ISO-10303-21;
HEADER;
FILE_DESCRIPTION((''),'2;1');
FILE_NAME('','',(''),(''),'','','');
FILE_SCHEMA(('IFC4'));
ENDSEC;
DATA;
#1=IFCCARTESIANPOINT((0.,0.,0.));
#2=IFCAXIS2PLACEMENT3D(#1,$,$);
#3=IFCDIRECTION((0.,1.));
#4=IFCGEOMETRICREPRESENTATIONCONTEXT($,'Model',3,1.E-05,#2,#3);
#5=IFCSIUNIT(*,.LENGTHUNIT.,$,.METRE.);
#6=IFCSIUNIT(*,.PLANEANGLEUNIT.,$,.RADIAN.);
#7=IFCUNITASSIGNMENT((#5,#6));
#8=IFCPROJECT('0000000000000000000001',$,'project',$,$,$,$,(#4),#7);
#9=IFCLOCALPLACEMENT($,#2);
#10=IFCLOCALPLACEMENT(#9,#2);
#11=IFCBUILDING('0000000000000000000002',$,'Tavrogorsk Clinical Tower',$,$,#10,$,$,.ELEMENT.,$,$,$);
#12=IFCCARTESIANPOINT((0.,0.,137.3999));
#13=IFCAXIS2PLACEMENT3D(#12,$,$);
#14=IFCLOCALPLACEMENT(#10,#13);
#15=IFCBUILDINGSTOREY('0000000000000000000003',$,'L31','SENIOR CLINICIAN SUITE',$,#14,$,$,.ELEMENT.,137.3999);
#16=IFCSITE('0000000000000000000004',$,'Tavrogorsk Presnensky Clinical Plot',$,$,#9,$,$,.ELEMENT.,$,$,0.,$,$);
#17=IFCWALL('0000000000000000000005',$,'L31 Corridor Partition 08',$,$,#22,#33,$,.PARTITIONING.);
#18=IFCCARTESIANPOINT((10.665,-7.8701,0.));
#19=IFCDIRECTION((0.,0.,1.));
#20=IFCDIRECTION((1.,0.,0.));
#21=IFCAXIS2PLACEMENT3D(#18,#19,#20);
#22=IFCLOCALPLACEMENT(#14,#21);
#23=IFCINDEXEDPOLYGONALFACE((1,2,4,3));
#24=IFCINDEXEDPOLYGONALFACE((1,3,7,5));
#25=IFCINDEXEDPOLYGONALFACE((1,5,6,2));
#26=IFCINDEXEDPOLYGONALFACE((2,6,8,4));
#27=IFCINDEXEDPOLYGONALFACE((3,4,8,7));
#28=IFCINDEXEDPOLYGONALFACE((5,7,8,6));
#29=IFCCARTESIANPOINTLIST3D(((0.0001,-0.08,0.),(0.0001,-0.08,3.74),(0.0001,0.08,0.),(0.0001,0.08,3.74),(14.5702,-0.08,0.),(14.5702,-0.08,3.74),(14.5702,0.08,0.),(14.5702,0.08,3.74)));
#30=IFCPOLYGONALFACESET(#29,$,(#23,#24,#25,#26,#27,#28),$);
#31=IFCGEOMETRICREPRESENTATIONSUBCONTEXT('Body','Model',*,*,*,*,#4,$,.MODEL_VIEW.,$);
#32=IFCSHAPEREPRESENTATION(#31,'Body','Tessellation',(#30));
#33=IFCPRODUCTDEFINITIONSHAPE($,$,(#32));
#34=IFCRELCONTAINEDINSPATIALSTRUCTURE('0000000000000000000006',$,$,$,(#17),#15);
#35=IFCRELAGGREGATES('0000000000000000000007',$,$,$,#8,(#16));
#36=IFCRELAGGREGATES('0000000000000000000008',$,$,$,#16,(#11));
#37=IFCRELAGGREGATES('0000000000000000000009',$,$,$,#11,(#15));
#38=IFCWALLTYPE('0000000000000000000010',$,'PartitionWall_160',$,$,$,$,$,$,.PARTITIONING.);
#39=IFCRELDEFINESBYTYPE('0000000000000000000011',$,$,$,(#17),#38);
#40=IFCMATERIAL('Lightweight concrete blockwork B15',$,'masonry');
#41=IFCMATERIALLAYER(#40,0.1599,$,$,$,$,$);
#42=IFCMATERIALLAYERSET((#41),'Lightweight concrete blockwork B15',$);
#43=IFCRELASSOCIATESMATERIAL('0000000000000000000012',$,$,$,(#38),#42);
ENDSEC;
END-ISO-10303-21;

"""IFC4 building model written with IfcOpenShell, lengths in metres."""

from ifc_helpers import new_model, si_unit, direction, frame, frame_2d, origin, place, context, subcontext, project, spatial, rectangle, extrude, material, layer, layer_set, type_object, element, save


model = new_model("IFC4")

# Units and contexts
model_context = context("Model", 3, precision=1e-05, world=origin(), true_north=direction((0.0, 1.0)))
body_context = subcontext(model_context, "Body", "Model", "MODEL_VIEW")
ifc_project = project(units=[si_unit("LENGTHUNIT", "METRE"), si_unit("PLANEANGLEUNIT", "RADIAN")], contexts=[model_context])

# Site, building, storey
site_placement = place(None, origin())
site = spatial("IfcSite", under=ifc_project, at=site_placement, Name="Tavrogorsk Presnensky Clinical Plot", CompositionType="ELEMENT", RefElevation=0.0)
building_placement = place(site_placement, origin())
building = spatial("IfcBuilding", under=site, at=building_placement, Name="Tavrogorsk Clinical Tower", CompositionType="ELEMENT")
storey_placement = place(building_placement, frame((0.0, 0.0, 137.3999)))
storey = spatial("IfcBuildingStorey", under=building, at=storey_placement, Name="L31", Description="SENIOR CLINICIAN SUITE", CompositionType="ELEMENT", Elevation=137.3999)

# Wall
ifc_material_1 = material(Name="Lightweight concrete blockwork B15", Category="masonry")
ifc_layer_1 = layer(ifc_material_1, 0.1599)
ifc_layer_set_1 = layer_set([ifc_layer_1], Name="Lightweight concrete blockwork B15")
wall_type_1 = type_object("IfcWallType", Name="PartitionWall_160", PredefinedType="PARTITIONING", material=ifc_layer_set_1)
wall_1_placement = place(storey_placement, frame((10.665, -7.8701, 0.0), z_axis=(0.0, 0.0, 1.0), x_axis=(1.0, 0.0, 0.0)))
element("IfcWall", 1, at=wall_1_placement, inside=storey, type_object=wall_type_1, Name="L31 Corridor Partition 08", PredefinedType="PARTITIONING", context=body_context, shape_type="SweptSolid", body=[
    extrude(rectangle(XDim=14.5701, YDim=0.1599, at=frame_2d((7.2852, 0.0))), origin(), (0.0, 0.0, 1.0), 3.74),
])

save(model, "model.ifc")
